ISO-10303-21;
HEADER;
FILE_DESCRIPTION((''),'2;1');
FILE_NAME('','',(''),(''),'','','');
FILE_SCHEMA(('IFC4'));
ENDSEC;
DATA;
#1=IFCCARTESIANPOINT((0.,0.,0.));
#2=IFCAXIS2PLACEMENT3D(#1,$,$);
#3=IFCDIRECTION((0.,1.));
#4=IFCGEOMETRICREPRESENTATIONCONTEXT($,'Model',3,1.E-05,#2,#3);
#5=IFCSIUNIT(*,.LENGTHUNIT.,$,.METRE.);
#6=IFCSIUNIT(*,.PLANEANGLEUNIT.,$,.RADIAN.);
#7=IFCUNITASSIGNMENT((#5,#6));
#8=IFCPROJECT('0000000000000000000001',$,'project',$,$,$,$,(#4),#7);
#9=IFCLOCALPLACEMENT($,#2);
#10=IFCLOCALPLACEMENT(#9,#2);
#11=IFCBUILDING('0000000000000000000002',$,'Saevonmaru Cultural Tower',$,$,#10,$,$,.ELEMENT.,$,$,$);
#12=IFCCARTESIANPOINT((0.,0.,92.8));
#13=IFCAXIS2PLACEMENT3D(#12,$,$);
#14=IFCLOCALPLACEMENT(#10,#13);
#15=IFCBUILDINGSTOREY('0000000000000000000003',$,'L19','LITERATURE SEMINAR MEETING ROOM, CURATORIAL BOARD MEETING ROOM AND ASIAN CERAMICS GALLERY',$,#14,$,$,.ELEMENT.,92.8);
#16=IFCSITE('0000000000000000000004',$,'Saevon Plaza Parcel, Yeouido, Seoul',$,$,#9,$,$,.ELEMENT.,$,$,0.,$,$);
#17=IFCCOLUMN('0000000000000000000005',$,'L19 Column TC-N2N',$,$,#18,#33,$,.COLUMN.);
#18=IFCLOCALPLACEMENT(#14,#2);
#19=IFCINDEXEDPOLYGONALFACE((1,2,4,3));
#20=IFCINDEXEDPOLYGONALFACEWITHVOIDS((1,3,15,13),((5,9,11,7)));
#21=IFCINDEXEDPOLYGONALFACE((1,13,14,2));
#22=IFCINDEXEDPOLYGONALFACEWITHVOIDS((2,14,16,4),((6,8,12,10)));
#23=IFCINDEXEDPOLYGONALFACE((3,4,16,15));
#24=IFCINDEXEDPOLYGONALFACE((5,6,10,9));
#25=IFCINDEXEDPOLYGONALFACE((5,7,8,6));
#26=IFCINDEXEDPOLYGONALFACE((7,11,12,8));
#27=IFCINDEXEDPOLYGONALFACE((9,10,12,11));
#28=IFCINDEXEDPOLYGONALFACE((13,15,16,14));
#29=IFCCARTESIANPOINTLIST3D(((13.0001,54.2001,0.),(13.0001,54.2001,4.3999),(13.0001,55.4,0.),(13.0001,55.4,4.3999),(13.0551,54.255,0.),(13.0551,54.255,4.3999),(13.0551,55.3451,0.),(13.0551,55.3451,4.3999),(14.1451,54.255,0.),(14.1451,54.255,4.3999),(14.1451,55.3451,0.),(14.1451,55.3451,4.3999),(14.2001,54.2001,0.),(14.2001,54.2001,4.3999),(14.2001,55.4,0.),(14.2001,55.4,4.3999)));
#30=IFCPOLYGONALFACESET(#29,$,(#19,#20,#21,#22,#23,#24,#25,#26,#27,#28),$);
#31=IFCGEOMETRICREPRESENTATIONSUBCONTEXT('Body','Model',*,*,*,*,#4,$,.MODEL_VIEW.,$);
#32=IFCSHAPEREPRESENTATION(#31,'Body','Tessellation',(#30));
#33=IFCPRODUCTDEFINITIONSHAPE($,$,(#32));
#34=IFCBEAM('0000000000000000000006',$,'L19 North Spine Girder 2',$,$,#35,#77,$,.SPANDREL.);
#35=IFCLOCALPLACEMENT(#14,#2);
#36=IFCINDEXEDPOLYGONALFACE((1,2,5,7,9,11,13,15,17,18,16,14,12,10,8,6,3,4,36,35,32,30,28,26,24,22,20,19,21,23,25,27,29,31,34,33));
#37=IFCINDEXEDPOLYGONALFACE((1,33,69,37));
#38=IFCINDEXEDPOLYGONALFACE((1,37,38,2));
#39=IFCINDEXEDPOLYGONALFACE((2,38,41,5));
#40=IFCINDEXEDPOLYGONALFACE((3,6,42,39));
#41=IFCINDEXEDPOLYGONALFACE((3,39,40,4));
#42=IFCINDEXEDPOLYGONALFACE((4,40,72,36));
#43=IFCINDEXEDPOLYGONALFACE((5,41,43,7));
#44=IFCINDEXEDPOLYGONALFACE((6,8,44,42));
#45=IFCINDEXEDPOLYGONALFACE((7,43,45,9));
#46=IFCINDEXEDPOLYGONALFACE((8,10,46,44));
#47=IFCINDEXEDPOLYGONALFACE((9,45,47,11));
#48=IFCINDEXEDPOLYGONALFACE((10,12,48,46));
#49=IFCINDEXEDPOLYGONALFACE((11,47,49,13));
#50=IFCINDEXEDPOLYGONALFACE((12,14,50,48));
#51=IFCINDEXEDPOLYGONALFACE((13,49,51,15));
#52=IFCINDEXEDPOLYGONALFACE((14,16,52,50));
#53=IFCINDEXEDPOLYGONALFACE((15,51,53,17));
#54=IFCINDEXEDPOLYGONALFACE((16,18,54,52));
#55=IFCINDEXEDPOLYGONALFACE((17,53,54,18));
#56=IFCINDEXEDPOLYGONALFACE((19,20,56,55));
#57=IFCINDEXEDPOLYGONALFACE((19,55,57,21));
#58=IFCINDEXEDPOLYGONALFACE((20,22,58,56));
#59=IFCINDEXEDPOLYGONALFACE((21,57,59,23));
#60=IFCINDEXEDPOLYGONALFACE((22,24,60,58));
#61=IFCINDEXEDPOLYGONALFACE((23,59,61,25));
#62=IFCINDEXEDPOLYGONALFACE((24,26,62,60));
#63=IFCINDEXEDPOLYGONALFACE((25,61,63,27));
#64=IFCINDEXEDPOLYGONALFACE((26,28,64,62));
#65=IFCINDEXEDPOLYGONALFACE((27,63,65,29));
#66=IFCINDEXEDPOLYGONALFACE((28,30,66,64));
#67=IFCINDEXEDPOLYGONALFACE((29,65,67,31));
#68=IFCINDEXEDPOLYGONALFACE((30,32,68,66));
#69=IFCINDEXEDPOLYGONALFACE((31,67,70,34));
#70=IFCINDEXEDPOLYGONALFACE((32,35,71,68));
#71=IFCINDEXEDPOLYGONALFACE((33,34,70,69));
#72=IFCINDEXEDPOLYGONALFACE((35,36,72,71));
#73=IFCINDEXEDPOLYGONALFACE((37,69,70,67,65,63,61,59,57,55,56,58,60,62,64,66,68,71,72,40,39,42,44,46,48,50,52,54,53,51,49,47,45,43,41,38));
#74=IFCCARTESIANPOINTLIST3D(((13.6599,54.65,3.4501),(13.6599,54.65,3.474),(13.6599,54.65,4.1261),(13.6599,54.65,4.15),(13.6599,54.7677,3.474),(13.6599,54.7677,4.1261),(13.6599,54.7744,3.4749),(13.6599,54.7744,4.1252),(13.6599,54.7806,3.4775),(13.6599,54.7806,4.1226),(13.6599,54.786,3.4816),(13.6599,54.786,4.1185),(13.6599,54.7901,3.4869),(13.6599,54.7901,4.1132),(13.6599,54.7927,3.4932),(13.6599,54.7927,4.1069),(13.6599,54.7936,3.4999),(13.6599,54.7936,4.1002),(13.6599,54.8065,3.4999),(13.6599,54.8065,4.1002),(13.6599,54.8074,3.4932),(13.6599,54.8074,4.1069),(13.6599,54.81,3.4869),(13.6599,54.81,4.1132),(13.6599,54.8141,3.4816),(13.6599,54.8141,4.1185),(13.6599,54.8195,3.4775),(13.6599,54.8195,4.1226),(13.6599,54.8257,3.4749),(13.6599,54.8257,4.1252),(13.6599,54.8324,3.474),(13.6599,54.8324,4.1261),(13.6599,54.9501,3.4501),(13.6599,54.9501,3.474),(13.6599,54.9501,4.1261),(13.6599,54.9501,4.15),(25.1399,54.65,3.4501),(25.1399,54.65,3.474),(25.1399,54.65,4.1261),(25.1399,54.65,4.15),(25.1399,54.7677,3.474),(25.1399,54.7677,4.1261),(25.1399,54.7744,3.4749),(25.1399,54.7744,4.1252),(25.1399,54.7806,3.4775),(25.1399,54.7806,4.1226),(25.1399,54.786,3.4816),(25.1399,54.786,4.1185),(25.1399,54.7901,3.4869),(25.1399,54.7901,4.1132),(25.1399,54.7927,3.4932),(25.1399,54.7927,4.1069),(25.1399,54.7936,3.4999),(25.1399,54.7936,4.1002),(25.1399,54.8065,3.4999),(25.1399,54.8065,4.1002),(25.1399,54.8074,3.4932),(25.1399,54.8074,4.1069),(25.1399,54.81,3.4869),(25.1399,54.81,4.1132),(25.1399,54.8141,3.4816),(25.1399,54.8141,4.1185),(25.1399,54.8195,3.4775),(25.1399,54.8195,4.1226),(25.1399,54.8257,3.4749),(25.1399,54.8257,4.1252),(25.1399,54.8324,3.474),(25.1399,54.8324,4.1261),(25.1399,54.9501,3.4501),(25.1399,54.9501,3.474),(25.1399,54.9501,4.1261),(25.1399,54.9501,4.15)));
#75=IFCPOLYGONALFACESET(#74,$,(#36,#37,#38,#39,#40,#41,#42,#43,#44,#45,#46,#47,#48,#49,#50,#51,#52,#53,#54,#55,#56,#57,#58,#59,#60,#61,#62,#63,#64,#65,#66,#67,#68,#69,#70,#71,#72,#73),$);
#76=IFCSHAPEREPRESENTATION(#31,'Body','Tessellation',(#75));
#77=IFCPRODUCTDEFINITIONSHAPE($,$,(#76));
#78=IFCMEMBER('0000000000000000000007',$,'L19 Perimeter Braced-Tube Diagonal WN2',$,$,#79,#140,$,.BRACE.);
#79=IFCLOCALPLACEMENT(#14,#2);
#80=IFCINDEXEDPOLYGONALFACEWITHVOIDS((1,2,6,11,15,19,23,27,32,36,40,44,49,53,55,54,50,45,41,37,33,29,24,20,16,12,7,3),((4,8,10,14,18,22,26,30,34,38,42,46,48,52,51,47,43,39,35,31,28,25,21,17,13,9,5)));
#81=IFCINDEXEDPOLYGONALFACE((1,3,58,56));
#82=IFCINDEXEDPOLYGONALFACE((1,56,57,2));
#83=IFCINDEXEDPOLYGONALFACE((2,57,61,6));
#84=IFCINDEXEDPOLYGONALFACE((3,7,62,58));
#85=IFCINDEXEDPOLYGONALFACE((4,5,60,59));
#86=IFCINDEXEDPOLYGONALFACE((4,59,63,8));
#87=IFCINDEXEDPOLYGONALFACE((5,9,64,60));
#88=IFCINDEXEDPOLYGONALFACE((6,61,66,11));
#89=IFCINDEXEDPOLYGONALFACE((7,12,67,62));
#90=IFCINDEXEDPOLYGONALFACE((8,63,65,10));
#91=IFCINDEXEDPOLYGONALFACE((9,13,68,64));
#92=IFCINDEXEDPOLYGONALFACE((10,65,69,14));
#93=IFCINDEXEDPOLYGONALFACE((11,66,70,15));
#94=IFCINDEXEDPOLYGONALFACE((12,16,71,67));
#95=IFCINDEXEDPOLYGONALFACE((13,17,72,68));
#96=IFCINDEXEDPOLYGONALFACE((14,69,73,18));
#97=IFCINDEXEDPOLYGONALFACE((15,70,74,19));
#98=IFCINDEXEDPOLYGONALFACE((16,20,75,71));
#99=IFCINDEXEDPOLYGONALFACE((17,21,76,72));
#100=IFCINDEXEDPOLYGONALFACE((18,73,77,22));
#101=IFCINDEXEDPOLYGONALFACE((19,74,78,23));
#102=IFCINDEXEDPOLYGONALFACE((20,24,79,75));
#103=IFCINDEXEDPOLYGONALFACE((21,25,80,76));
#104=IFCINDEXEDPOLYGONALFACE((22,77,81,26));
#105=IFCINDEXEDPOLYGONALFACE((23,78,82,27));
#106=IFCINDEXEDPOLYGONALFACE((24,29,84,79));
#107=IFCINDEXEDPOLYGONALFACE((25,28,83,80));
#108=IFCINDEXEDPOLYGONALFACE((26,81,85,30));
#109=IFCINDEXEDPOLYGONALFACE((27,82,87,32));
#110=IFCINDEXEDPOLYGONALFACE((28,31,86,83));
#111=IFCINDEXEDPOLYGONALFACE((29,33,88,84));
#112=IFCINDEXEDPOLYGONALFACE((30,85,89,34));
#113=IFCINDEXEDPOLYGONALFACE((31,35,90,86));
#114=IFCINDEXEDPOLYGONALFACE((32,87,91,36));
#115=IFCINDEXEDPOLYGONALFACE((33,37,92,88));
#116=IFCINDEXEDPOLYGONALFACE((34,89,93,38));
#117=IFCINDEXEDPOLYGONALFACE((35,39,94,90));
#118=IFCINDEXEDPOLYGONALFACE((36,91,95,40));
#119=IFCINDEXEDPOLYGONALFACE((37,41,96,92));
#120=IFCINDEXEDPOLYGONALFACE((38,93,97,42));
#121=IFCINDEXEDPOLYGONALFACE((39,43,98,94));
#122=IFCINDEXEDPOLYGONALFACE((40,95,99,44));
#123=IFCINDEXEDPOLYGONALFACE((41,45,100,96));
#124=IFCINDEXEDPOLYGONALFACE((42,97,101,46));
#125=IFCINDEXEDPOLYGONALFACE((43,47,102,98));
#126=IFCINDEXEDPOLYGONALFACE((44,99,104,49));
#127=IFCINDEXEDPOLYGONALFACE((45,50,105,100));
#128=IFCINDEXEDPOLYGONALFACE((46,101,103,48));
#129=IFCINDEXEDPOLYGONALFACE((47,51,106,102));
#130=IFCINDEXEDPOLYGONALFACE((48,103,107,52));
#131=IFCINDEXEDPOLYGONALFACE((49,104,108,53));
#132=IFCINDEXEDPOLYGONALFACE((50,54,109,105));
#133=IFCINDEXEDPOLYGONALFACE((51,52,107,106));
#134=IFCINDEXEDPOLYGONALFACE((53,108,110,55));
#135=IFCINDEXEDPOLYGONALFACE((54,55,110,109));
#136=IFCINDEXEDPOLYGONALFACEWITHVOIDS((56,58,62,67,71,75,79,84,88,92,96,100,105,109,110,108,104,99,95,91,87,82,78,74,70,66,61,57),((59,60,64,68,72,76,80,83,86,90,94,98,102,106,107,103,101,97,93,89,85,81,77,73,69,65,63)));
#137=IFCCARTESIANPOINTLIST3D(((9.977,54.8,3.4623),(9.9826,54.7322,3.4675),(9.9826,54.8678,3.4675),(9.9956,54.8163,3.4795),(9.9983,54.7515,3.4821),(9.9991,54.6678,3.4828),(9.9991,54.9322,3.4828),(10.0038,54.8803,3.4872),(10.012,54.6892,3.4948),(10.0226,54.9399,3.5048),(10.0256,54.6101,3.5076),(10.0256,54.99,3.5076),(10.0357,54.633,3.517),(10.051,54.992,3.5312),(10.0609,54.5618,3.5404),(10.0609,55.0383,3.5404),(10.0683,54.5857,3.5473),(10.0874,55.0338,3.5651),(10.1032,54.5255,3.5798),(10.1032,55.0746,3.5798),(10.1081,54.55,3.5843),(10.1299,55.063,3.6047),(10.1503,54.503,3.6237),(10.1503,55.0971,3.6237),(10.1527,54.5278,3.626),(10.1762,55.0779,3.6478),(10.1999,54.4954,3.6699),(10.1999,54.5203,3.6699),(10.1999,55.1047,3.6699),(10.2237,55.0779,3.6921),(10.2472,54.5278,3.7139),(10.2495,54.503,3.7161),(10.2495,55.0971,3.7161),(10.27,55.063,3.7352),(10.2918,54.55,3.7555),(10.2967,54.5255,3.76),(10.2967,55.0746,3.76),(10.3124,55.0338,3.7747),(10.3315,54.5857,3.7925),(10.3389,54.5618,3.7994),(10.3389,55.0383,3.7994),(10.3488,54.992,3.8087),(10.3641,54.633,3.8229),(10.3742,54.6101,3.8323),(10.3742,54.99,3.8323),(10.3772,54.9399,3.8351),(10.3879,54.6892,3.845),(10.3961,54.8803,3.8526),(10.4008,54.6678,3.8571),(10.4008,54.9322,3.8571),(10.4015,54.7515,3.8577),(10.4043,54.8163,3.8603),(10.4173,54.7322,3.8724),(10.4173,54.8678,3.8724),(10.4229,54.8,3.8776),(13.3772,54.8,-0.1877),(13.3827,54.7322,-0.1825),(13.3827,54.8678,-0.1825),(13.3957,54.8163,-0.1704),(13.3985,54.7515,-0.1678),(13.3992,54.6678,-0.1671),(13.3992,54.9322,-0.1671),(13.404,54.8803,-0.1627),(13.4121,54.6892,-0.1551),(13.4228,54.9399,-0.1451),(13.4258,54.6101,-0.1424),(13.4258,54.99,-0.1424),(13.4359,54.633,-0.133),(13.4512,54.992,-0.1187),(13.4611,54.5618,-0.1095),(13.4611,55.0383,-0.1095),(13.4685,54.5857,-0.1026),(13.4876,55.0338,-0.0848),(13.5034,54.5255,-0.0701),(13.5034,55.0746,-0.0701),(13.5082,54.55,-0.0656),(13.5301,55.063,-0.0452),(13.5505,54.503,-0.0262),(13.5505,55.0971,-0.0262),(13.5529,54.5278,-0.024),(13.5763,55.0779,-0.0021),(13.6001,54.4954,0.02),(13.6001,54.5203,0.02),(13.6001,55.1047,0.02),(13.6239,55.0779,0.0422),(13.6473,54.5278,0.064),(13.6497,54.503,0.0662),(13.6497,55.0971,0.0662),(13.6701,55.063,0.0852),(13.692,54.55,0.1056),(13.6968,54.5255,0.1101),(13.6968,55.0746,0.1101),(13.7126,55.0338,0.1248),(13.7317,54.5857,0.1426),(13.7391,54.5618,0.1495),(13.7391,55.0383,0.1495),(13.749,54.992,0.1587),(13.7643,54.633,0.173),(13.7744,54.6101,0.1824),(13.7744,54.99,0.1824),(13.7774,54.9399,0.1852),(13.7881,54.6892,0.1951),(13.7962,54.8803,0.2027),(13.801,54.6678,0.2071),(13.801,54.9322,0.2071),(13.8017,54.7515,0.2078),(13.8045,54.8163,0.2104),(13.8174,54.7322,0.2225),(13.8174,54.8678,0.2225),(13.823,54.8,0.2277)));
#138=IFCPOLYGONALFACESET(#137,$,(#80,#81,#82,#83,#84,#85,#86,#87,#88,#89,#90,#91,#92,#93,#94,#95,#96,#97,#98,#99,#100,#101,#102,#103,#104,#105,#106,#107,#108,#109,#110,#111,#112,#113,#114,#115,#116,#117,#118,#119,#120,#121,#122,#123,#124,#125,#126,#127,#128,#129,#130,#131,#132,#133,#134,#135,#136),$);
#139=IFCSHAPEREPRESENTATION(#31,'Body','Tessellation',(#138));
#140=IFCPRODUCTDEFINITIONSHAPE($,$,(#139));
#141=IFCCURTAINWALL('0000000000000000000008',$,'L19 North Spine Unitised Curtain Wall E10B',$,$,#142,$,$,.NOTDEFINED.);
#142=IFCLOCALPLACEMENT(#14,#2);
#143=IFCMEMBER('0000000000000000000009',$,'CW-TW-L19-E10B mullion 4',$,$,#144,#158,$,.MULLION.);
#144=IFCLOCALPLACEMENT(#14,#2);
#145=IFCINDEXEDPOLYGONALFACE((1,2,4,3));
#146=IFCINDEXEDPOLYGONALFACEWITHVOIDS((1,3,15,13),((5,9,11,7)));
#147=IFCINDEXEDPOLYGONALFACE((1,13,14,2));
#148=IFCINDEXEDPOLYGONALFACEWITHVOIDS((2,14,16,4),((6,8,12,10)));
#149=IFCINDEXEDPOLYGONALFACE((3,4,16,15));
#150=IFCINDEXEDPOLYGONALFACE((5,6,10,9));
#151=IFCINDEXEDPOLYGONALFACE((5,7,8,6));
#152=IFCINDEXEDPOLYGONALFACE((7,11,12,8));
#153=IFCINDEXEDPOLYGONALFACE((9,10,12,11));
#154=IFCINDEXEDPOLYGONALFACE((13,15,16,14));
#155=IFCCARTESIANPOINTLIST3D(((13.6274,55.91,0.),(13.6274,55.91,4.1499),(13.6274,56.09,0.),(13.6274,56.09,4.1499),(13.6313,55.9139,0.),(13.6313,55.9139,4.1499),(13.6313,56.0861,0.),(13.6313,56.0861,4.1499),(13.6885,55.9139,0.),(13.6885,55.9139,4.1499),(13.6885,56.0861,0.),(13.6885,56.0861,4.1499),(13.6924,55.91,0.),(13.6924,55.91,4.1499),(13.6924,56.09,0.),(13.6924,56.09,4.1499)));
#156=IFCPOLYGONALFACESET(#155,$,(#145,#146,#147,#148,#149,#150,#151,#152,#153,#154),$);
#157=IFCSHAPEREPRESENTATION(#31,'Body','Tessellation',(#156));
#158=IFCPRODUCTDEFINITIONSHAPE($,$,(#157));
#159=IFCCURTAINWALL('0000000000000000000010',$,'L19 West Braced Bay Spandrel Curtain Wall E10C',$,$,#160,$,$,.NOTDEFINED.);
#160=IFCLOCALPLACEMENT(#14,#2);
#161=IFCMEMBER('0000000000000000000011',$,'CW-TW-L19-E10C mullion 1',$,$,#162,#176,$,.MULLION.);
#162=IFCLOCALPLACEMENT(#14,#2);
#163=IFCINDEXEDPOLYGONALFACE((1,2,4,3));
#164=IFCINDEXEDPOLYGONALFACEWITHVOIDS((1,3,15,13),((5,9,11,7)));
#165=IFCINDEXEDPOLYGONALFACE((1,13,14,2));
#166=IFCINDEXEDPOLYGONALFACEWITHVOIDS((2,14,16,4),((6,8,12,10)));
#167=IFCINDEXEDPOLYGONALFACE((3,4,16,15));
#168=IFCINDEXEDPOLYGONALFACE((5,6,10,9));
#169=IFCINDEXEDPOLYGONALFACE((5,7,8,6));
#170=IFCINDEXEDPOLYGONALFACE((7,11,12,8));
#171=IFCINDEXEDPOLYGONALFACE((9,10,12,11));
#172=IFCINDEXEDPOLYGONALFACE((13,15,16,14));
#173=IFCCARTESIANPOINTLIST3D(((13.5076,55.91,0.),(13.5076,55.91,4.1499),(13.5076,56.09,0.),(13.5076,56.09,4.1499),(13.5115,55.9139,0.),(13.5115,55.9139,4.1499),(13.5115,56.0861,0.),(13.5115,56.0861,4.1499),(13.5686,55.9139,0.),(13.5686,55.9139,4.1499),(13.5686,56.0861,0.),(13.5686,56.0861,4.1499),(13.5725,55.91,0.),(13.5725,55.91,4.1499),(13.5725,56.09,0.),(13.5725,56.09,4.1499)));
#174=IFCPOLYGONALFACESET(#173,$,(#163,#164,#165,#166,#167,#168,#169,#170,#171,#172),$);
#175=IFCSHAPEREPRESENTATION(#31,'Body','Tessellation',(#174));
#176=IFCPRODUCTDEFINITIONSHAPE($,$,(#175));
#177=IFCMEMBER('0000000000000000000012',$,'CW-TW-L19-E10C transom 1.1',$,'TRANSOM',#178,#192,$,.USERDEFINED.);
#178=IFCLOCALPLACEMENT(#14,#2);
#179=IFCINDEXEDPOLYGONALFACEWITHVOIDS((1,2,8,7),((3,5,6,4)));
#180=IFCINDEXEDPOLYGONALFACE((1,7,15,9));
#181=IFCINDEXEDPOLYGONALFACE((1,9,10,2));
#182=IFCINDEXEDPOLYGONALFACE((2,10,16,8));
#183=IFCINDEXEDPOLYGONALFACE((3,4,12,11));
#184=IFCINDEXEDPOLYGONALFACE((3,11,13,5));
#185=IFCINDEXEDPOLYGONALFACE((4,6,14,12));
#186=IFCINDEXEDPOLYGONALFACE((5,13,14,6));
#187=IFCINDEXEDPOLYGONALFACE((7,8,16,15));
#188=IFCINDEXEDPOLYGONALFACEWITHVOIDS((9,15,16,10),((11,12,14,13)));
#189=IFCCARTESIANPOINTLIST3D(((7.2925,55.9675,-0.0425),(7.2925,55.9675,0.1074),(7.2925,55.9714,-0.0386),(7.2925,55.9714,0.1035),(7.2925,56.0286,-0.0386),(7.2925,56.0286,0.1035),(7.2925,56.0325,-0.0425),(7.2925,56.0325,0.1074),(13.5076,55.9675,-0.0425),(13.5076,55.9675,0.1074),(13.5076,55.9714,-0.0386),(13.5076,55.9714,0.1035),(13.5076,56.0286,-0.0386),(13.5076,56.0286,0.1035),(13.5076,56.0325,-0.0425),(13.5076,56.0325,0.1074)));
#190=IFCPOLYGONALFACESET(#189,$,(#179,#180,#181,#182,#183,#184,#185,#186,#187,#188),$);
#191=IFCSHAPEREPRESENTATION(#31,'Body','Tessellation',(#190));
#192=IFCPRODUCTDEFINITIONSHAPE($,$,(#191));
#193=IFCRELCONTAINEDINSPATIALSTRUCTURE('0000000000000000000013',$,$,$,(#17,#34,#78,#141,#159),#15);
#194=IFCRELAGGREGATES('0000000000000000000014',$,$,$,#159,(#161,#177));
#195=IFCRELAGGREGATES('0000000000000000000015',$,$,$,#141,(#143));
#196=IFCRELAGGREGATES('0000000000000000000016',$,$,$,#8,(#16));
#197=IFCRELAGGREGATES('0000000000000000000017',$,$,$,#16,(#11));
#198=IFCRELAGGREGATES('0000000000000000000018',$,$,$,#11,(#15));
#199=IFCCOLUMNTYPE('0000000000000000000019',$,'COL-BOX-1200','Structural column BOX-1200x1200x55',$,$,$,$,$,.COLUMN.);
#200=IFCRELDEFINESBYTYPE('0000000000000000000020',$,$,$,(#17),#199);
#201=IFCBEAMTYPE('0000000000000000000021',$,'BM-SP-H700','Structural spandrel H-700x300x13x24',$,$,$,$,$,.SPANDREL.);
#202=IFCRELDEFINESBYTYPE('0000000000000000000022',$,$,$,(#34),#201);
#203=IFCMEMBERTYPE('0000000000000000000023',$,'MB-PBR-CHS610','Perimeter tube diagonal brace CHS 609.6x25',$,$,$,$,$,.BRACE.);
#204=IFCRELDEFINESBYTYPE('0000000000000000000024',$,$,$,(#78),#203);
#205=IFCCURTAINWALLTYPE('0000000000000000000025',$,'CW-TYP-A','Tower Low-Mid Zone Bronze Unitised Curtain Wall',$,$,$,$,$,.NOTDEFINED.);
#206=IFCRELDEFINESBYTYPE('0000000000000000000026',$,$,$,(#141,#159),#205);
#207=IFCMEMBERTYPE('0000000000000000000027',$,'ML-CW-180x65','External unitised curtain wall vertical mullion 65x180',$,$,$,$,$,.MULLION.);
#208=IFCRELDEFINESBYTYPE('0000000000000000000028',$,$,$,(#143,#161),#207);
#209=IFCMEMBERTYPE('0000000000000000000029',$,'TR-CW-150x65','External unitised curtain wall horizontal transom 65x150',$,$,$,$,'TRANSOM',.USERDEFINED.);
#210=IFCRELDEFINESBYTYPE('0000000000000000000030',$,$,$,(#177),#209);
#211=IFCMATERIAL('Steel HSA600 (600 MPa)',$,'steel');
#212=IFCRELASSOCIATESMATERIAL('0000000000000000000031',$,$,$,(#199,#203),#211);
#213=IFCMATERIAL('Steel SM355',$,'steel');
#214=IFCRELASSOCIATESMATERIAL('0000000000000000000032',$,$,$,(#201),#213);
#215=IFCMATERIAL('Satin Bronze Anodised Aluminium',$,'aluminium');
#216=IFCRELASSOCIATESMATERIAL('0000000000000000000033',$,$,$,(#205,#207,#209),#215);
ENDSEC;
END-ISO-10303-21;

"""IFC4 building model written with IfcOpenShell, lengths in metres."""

from ifc_helpers import new_model, si_unit, direction, frame, origin, origin_2d, place, context, subcontext, project, spatial, hollow_rectangle, hollow_circle, i_section, extrude, material, material_profile, profile_set, type_object, element, aggregate, save


model = new_model("IFC4")

# Units and contexts
model_context = context("Model", 3, precision=1e-05, world=origin(), true_north=direction((0.0, 1.0)))
body_context = subcontext(model_context, "Body", "Model", "MODEL_VIEW")
ifc_project = project(units=[si_unit("LENGTHUNIT", "METRE"), si_unit("PLANEANGLEUNIT", "RADIAN")], contexts=[model_context])

# Site, building, storey
site_placement = place(None, origin())
site = spatial("IfcSite", under=ifc_project, at=site_placement, Name="Saevon Plaza Parcel, Yeouido, Seoul", CompositionType="ELEMENT", RefElevation=0.0)
building_placement = place(site_placement, origin())
building = spatial("IfcBuilding", under=site, at=building_placement, Name="Saevonmaru Cultural Tower", CompositionType="ELEMENT")
storey_placement = place(building_placement, frame((0.0, 0.0, 92.8)))
storey = spatial("IfcBuildingStorey", under=building, at=storey_placement, Name="L19", Description="LITERATURE SEMINAR MEETING ROOM, CURATORIAL BOARD MEETING ROOM AND ASIAN CERAMICS GALLERY", CompositionType="ELEMENT", Elevation=92.8)

# Column
ifc_material_1 = material(Name="Steel HSA600 (600 MPa)", Category="steel")
ifc_material_profile_1 = material_profile(ifc_material_1, hollow_rectangle(XDim=1.2, YDim=1.2, WallThickness=0.0549, at=origin_2d()), Name="BOX-1200x1200x55")
ifc_profile_set_1 = profile_set([ifc_material_profile_1], Name="Steel HSA600 (600 MPa)")
column_type = type_object("IfcColumnType", Name="COL-BOX-1200", Description="Structural column BOX-1200x1200x55", PredefinedType="COLUMN", material=ifc_profile_set_1)
column_placement = place(storey_placement, frame((13.6001, 54.8, 0.0), z_axis=(0.0, 0.0, 1.0), x_axis=(1.0, 0.0, 0.0)))
element("IfcColumn", 1, at=column_placement, inside=storey, type_object=column_type, Name="L19 Column TC-N2N", PredefinedType="COLUMN", context=body_context, shape_type="SweptSolid", body=[
    extrude(hollow_rectangle(XDim=1.2, YDim=1.2, WallThickness=0.0549, at=origin_2d()), origin(), (0.0, 0.0, 1.0), 4.3999),
])

# Beam
ifc_material_2 = material(Name="Steel SM355", Category="steel")
ifc_material_profile_2 = material_profile(ifc_material_2, i_section(OverallWidth=0.3, OverallDepth=0.7, WebThickness=0.0129, FlangeThickness=0.0239, FilletRadius=0.0259, at=origin_2d()), Name="H-700x300x13x24")
ifc_profile_set_2 = profile_set([ifc_material_profile_2], Name="Steel SM355")
beam_type = type_object("IfcBeamType", Name="BM-SP-H700", Description="Structural spandrel H-700x300x13x24", PredefinedType="SPANDREL", material=ifc_profile_set_2)
beam_placement = place(storey_placement, frame((13.6599, 54.8, 3.8), z_axis=(1.0, 0.0, 0.0), x_axis=(0.0, 1.0, 0.0)))
element("IfcBeam", 2, at=beam_placement, inside=storey, type_object=beam_type, Name="L19 North Spine Girder 2", PredefinedType="SPANDREL", context=body_context, shape_type="SweptSolid", body=[
    extrude(i_section(OverallWidth=0.3, OverallDepth=0.7, WebThickness=0.0129, FlangeThickness=0.0239, FilletRadius=0.0259, at=origin_2d()), origin(), (0.0, 0.0, 1.0), 11.48),
])

# Member
ifc_material_profile_3 = material_profile(ifc_material_1, hollow_circle(Radius=0.3047, WallThickness=0.0249, at=origin_2d()), Name="CHS-609.6x25")
ifc_profile_set_3 = profile_set([ifc_material_profile_3], Name="Steel HSA600 (600 MPa)")
member_type_1 = type_object("IfcMemberType", Name="MB-PBR-CHS610", Description="Perimeter tube diagonal brace CHS 609.6x25", PredefinedType="BRACE", material=ifc_profile_set_3)
member_1_placement = place(storey_placement, frame((13.6001, 54.8, 0.02), z_axis=(-0.681629, 0.0, 0.731698), x_axis=(0.0, -1.0, 0.0)))
element("IfcMember", 3, at=member_1_placement, inside=storey, type_object=member_type_1, Name="L19 Perimeter Braced-Tube Diagonal WN2", PredefinedType="BRACE", context=body_context, shape_type="SweptSolid", body=[
    extrude(hollow_circle(Radius=0.3047, WallThickness=0.0249, at=origin_2d()), origin(), (0.0, 0.0, 1.0), 4.9883),
])

# Curtain wall, member
ifc_material_3 = material(Name="Satin Bronze Anodised Aluminium", Category="aluminium")
curtain_wall_type = type_object("IfcCurtainWallType", Name="CW-TYP-A", Description="Tower Low-Mid Zone Bronze Unitised Curtain Wall", PredefinedType="NOTDEFINED", material=ifc_material_3)
curtain_wall_1_placement = place(storey_placement, origin())
curtain_wall_1 = element("IfcCurtainWall", 4, at=curtain_wall_1_placement, inside=storey, type_object=curtain_wall_type, Name="L19 North Spine Unitised Curtain Wall E10B", PredefinedType="NOTDEFINED")
ifc_material_profile_4 = material_profile(ifc_material_3, hollow_rectangle(XDim=0.0649, YDim=0.1799, WallThickness=0.0039, at=origin_2d()), Name="ALU-MULL-180x65x4")
ifc_profile_set_4 = profile_set([ifc_material_profile_4], Name="Satin Bronze Anodised Aluminium")
member_type_2 = type_object("IfcMemberType", Name="ML-CW-180x65", Description="External unitised curtain wall vertical mullion 65x180", PredefinedType="MULLION", material=ifc_profile_set_4)
member_2_placement = place(storey_placement, frame((13.6599, 56.0, 0.0), z_axis=(0.0, 0.0, 1.0), x_axis=(-1.0, 0.0, 0.0)))
member_2 = element("IfcMember", 5, at=member_2_placement, type_object=member_type_2, Name="CW-TW-L19-E10B mullion 4", PredefinedType="MULLION", context=body_context, shape_type="SweptSolid", body=[
    extrude(hollow_rectangle(XDim=0.0649, YDim=0.1799, WallThickness=0.0039, at=origin_2d()), origin(), (0.0, 0.0, 1.0), 4.1499),
])

# Curtain wall, members
curtain_wall_2_placement = place(storey_placement, origin())
curtain_wall_2 = element("IfcCurtainWall", 6, at=curtain_wall_2_placement, inside=storey, type_object=curtain_wall_type, Name="L19 West Braced Bay Spandrel Curtain Wall E10C", PredefinedType="NOTDEFINED")
member_3_placement = place(storey_placement, frame((13.54, 56.0, 0.0), z_axis=(0.0, 0.0, 1.0), x_axis=(-1.0, 0.0, 0.0)))
member_3 = element("IfcMember", 7, at=member_3_placement, type_object=member_type_2, Name="CW-TW-L19-E10C mullion 1", PredefinedType="MULLION", context=body_context, shape_type="SweptSolid", body=[
    extrude(hollow_rectangle(XDim=0.0649, YDim=0.1799, WallThickness=0.0039, at=origin_2d()), origin(), (0.0, 0.0, 1.0), 4.1499),
])
ifc_material_profile_5 = material_profile(ifc_material_3, hollow_rectangle(XDim=0.0649, YDim=0.1499, WallThickness=0.0039, at=origin_2d()), Name="ALU-TRAN-150x65x4")
ifc_profile_set_5 = profile_set([ifc_material_profile_5], Name="Satin Bronze Anodised Aluminium")
member_type_3 = type_object("IfcMemberType", Name="TR-CW-150x65", Description="External unitised curtain wall horizontal transom 65x150", ElementType="TRANSOM", PredefinedType="USERDEFINED", material=ifc_profile_set_5)
member_4_placement = place(storey_placement, frame((13.5076, 56.0, 0.0325), z_axis=(-1.0, 0.0, 0.0), x_axis=(0.0, -1.0, 0.0)))
member_4 = element("IfcMember", 8, at=member_4_placement, type_object=member_type_3, Name="CW-TW-L19-E10C transom 1.1", ObjectType="TRANSOM", PredefinedType="USERDEFINED", context=body_context, shape_type="SweptSolid", body=[
    extrude(hollow_rectangle(XDim=0.0649, YDim=0.1499, WallThickness=0.0039, at=origin_2d()), origin(), (0.0, 0.0, 1.0), 6.2151),
])
aggregate(curtain_wall_2, [member_3, member_4])

aggregate(curtain_wall_1, [member_2])

save(model, "model.ifc")
